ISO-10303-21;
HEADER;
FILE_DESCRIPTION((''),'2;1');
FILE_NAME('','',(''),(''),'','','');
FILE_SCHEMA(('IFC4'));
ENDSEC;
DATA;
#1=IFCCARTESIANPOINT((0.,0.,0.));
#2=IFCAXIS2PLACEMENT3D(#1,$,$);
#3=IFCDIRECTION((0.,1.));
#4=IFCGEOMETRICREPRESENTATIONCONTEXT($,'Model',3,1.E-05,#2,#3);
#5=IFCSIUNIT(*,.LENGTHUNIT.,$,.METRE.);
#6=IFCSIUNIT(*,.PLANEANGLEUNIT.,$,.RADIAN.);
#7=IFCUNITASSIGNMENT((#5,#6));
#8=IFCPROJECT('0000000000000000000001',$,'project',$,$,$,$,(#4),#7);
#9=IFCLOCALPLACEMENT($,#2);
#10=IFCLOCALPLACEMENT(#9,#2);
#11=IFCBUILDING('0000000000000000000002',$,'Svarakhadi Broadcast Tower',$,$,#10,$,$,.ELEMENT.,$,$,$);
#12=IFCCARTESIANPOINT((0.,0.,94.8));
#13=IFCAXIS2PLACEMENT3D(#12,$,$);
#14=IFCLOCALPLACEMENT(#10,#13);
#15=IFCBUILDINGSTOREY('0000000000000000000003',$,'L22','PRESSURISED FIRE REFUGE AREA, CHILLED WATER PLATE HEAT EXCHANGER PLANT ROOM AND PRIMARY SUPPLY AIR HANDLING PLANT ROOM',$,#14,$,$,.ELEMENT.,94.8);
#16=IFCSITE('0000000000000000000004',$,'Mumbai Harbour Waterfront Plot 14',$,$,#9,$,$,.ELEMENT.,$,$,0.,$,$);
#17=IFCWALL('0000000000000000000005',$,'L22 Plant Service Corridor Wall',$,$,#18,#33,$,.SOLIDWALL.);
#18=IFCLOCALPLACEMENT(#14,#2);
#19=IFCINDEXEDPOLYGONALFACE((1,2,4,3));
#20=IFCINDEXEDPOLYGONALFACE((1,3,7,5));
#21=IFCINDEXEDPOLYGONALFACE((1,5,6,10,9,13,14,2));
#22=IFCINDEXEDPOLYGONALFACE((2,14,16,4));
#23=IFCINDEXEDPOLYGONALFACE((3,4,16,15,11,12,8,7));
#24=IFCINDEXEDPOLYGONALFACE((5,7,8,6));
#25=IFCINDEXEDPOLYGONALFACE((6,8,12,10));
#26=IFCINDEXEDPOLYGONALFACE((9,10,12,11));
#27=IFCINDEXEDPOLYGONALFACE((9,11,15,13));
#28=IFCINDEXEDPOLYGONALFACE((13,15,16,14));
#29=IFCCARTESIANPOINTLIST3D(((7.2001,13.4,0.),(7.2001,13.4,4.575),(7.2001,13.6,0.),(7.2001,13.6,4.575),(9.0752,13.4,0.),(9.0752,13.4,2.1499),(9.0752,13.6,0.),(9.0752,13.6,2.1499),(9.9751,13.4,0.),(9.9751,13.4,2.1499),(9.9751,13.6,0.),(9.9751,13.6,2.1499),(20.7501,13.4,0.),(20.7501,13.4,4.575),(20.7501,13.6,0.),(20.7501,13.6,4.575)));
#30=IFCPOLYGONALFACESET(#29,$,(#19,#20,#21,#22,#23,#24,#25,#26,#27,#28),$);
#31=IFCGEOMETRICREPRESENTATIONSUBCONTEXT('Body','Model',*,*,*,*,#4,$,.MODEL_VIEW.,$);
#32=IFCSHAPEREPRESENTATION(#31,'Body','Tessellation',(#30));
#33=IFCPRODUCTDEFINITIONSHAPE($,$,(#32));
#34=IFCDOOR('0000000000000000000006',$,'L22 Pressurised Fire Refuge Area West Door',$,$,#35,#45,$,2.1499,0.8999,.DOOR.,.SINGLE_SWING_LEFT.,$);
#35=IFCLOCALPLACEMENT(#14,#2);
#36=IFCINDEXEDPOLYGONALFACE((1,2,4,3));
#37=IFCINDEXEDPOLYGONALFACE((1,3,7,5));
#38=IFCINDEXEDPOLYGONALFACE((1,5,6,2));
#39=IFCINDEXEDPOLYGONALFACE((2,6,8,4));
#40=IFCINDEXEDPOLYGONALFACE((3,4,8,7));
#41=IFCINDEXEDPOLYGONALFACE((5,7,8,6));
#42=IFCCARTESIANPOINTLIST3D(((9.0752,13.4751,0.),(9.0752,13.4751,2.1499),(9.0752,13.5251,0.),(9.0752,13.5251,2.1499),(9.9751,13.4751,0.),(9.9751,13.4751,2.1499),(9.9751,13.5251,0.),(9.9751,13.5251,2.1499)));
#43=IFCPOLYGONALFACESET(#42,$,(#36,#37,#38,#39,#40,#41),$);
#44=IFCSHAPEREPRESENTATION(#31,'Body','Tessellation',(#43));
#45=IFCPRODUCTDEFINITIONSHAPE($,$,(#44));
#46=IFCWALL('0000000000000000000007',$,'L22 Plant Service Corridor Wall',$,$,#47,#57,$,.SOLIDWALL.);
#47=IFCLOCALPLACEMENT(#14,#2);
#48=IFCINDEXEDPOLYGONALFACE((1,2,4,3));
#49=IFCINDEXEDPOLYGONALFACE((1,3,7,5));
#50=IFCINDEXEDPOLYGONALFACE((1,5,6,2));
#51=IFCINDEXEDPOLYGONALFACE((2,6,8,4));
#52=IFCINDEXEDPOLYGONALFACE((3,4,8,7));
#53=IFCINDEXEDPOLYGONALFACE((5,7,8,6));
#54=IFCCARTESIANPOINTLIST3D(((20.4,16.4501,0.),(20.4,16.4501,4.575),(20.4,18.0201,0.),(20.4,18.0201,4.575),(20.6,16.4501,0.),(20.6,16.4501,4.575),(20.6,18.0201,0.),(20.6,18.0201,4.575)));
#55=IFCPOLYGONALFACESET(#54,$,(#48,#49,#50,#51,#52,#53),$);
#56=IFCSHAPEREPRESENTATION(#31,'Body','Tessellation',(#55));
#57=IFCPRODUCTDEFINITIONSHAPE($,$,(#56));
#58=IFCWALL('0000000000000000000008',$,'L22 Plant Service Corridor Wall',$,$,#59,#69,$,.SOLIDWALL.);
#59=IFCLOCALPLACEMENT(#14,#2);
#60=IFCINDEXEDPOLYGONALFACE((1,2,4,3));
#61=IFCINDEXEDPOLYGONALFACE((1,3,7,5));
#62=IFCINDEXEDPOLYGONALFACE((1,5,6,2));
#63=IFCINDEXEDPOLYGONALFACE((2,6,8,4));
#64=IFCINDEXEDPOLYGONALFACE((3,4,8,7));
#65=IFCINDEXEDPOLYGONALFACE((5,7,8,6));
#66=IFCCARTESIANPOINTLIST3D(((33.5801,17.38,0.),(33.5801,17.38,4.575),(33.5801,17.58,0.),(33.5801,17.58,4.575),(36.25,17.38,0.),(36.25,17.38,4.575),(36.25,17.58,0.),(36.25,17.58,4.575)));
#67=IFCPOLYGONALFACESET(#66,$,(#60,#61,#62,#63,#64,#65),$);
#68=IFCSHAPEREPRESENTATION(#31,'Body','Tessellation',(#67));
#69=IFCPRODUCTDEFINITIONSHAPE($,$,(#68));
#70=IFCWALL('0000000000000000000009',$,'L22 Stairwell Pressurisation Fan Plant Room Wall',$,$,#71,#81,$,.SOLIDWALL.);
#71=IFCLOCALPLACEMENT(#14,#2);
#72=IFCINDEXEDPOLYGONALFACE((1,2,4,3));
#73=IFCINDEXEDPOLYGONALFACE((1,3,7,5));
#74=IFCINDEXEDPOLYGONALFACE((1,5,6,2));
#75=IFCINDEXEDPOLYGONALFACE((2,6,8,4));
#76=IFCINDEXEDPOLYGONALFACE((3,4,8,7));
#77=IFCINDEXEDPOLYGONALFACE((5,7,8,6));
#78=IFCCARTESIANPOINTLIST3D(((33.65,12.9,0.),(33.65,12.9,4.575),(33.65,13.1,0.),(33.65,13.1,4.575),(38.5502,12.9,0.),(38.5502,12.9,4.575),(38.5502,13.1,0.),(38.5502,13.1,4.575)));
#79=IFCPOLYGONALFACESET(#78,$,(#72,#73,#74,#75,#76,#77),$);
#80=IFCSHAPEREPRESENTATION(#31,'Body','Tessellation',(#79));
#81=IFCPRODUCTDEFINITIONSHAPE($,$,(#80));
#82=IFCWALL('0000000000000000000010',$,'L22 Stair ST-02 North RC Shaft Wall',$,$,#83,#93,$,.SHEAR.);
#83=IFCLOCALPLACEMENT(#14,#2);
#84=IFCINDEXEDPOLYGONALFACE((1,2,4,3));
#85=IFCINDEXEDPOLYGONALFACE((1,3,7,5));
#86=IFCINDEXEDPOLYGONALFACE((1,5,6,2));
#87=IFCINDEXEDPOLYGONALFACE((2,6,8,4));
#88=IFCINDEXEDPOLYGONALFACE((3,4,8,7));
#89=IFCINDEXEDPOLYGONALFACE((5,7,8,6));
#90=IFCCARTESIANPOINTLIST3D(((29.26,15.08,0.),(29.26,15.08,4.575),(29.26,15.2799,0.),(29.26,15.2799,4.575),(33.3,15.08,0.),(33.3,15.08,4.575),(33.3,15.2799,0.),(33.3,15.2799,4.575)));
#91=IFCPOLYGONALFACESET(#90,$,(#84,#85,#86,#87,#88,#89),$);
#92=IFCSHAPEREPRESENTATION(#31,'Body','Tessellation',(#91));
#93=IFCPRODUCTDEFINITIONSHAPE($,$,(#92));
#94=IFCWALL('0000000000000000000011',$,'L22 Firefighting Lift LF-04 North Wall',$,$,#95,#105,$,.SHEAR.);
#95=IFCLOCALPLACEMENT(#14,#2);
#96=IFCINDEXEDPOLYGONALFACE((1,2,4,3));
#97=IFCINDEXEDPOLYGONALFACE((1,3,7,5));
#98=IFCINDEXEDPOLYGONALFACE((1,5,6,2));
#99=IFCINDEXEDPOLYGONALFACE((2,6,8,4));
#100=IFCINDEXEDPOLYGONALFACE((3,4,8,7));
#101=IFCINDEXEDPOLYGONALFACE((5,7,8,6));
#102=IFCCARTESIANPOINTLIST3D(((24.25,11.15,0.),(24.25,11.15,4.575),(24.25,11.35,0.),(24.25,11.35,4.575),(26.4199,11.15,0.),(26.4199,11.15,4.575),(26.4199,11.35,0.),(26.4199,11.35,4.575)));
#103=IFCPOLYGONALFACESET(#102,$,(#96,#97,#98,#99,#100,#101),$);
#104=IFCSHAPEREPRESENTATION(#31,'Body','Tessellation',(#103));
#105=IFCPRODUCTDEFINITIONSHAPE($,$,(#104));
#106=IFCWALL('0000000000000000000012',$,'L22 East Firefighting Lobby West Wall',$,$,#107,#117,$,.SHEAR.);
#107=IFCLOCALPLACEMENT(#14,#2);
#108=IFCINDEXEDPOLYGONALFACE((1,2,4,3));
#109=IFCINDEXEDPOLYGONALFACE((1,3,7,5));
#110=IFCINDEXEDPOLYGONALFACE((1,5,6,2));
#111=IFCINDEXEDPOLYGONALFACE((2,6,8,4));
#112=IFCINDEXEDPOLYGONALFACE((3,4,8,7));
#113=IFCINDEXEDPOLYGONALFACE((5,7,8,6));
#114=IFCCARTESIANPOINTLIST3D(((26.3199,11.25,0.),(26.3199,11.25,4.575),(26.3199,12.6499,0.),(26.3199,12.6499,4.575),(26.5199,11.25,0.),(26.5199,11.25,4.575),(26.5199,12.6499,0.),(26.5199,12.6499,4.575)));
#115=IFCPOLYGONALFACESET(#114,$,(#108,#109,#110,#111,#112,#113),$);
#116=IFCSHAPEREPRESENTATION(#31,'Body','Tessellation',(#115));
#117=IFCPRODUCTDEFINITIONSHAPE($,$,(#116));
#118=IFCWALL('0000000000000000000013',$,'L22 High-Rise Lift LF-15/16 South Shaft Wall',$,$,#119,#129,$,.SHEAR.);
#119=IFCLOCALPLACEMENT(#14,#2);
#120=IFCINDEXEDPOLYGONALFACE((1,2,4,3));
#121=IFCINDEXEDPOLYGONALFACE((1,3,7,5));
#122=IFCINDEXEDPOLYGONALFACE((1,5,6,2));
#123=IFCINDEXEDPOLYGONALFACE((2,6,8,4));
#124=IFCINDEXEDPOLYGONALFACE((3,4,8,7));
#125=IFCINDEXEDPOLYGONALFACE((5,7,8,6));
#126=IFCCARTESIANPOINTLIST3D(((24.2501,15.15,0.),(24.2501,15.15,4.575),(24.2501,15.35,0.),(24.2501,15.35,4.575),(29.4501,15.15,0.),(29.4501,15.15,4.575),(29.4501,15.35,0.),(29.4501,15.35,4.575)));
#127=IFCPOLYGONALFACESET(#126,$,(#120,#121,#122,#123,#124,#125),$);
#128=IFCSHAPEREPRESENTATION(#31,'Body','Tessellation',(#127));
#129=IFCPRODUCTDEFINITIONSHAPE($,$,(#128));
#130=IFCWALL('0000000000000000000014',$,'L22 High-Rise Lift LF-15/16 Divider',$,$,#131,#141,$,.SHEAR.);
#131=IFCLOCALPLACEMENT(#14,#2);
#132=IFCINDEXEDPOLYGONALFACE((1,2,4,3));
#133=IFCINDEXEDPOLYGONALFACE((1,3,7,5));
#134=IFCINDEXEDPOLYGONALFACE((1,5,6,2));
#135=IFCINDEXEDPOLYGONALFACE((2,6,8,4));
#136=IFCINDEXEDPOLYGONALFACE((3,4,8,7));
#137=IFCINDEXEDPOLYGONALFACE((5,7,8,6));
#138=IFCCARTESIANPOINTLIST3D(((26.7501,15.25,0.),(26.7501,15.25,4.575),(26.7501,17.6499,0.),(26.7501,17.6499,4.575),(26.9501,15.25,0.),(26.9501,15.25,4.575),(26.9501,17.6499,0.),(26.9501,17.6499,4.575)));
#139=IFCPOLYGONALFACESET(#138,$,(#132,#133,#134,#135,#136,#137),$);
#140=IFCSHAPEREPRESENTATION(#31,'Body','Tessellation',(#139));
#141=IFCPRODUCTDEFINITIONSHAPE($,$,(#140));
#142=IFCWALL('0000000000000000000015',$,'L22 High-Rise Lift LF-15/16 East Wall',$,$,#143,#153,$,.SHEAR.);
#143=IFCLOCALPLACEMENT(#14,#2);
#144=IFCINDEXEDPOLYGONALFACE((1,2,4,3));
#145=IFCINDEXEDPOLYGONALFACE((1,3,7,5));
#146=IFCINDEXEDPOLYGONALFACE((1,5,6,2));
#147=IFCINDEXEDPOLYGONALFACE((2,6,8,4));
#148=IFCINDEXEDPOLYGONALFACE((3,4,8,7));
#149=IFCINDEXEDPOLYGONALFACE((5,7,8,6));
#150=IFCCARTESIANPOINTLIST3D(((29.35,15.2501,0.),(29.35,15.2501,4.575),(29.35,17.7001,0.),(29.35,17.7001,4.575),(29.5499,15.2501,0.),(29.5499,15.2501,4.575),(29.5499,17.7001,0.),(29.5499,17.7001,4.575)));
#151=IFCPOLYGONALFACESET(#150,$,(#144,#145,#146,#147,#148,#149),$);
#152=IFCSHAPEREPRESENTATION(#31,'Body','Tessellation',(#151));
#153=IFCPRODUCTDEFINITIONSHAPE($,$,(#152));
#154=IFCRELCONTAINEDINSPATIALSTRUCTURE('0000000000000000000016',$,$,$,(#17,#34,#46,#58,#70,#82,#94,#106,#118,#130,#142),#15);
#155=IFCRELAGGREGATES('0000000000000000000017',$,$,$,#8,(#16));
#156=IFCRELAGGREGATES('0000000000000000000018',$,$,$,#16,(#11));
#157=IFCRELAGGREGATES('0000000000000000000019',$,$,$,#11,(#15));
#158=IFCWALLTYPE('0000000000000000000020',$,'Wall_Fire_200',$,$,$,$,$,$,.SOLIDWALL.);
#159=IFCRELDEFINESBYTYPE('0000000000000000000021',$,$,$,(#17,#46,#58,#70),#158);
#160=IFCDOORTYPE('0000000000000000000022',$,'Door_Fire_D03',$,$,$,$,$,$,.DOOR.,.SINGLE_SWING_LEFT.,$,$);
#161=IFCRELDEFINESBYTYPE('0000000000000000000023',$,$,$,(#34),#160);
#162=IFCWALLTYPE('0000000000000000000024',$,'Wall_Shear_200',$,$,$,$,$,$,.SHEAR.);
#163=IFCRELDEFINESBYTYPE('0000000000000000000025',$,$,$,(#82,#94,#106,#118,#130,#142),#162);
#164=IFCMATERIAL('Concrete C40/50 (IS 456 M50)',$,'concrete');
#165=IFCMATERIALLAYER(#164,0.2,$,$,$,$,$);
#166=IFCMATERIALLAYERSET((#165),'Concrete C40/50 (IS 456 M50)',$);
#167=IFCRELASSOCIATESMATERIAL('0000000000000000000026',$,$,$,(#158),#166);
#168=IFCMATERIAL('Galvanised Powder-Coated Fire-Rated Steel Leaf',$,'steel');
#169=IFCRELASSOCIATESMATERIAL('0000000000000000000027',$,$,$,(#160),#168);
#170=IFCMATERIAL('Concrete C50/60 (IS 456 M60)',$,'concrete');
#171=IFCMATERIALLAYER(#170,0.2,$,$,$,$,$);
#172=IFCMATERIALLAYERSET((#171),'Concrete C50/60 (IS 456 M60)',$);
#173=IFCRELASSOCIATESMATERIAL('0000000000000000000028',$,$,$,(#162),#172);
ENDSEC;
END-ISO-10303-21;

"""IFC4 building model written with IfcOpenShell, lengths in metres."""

from ifc_helpers import new_model, si_unit, direction, frame, frame_2d, origin, place, context, subcontext, project, spatial, rectangle, extrude, material, layer, layer_set, type_object, element, fill, save


model = new_model("IFC4")

# Units and contexts
model_context = context("Model", 3, precision=1e-05, world=origin(), true_north=direction((0.0, 1.0)))
body_context = subcontext(model_context, "Body", "Model", "MODEL_VIEW")
ifc_project = project(units=[si_unit("LENGTHUNIT", "METRE"), si_unit("PLANEANGLEUNIT", "RADIAN")], contexts=[model_context])

# Site, building, storey
site_placement = place(None, origin())
site = spatial("IfcSite", under=ifc_project, at=site_placement, Name="Mumbai Harbour Waterfront Plot 14", CompositionType="ELEMENT", RefElevation=0.0)
building_placement = place(site_placement, origin())
building = spatial("IfcBuilding", under=site, at=building_placement, Name="Svarakhadi Broadcast Tower", CompositionType="ELEMENT")
storey_placement = place(building_placement, frame((0.0, 0.0, 94.8)))
storey = spatial("IfcBuildingStorey", under=building, at=storey_placement, Name="L22", Description="PRESSURISED FIRE REFUGE AREA, CHILLED WATER PLATE HEAT EXCHANGER PLANT ROOM AND PRIMARY SUPPLY AIR HANDLING PLANT ROOM", CompositionType="ELEMENT", Elevation=94.8)

# Shared definitions
ifc_material_1 = material(Name="Concrete C40/50 (IS 456 M50)", Category="concrete")
ifc_layer_1 = layer(ifc_material_1, 0.2)
ifc_layer_set_1 = layer_set([ifc_layer_1], Name="Concrete C40/50 (IS 456 M50)")
wall_type_1 = type_object("IfcWallType", Name="Wall_Fire_200", PredefinedType="SOLIDWALL", material=ifc_layer_set_1)

# Wall, opening, door
wall_1_placement = place(storey_placement, frame((20.75, 13.5, 0.0), z_axis=(0.0, 0.0, 1.0), x_axis=(-1.0, 0.0, 0.0)))
wall_1 = element("IfcWall", 1, at=wall_1_placement, inside=storey, type_object=wall_type_1, Name="L22 Plant Service Corridor Wall", PredefinedType="SOLIDWALL", context=body_context, shape_type="SweptSolid", body=[
    extrude(rectangle(XDim=13.55, YDim=0.2, at=frame_2d((6.7749, 0.0))), origin(), (0.0, 0.0, 1.0), 4.575),
])
opening_1_placement = place(wall_1_placement, frame((10.7749, 0.0, 0.0)))
opening_1 = element("IfcOpeningElement", 2, at=opening_1_placement, cuts=wall_1, PredefinedType="OPENING", context=body_context, shape_type="SweptSolid", body=[
    extrude(rectangle(XDim=0.8999, YDim=2.1499, at=frame_2d((0.45, 1.075))), frame((0.0, 0.1099, 0.0), z_axis=(0.0, -1.0, 0.0), x_axis=(1.0, 0.0, 0.0)), (0.0, 0.0, 1.0), 0.22),
])
ifc_material_2 = material(Name="Galvanised Powder-Coated Fire-Rated Steel Leaf", Category="steel")
door_type = type_object("IfcDoorType", Name="Door_Fire_D03", OperationType="SINGLE_SWING_LEFT", PredefinedType="DOOR", material=ifc_material_2)
door_1_placement = place(opening_1_placement, origin())
door_1 = element("IfcDoor", 3, at=door_1_placement, inside=storey, type_object=door_type, Name="L22 Pressurised Fire Refuge Area West Door", OperationType="SINGLE_SWING_LEFT", OverallHeight=2.1499, OverallWidth=0.8999, PredefinedType="DOOR", context=body_context, shape_type="SweptSolid", body=[
    extrude(rectangle(XDim=0.8999, YDim=2.1499, at=frame_2d((0.45, 1.075))), frame((0.0, 0.0249, 0.0), z_axis=(0.0, -1.0, 0.0), x_axis=(1.0, 0.0, 0.0)), (0.0, 0.0, 1.0), 0.05),
])
fill(opening_1, door_1)

# Walls
wall_2_placement = place(storey_placement, frame((20.5, 16.45, 0.0), z_axis=(0.0, 0.0, 1.0), x_axis=(0.0, 1.0, 0.0)))
element("IfcWall", 4, at=wall_2_placement, inside=storey, type_object=wall_type_1, Name="L22 Plant Service Corridor Wall", PredefinedType="SOLIDWALL", context=body_context, shape_type="SweptSolid", body=[
    extrude(rectangle(XDim=1.5701, YDim=0.2, at=frame_2d((0.7852, 0.0))), origin(), (0.0, 0.0, 1.0), 4.575),
])
wall_3_placement = place(storey_placement, frame((33.5801, 17.48, 0.0), z_axis=(0.0, 0.0, 1.0), x_axis=(1.0, 0.0, 0.0)))
element("IfcWall", 5, at=wall_3_placement, inside=storey, type_object=wall_type_1, Name="L22 Plant Service Corridor Wall", PredefinedType="SOLIDWALL", context=body_context, shape_type="SweptSolid", body=[
    extrude(rectangle(XDim=2.6699, YDim=0.2, at=frame_2d((1.335, 0.0))), origin(), (0.0, 0.0, 1.0), 4.575),
])
wall_4_placement = place(storey_placement, frame((33.6499, 13.0, 0.0), z_axis=(0.0, 0.0, 1.0), x_axis=(1.0, 0.0, 0.0)))
element("IfcWall", 6, at=wall_4_placement, inside=storey, type_object=wall_type_1, Name="L22 Stairwell Pressurisation Fan Plant Room Wall", PredefinedType="SOLIDWALL", context=body_context, shape_type="SweptSolid", body=[
    extrude(rectangle(XDim=4.9001, YDim=0.2, at=frame_2d((2.4502, 0.0))), origin(), (0.0, 0.0, 1.0), 4.575),
])
ifc_material_3 = material(Name="Concrete C50/60 (IS 456 M60)", Category="concrete")
ifc_layer_2 = layer(ifc_material_3, 0.2)
ifc_layer_set_2 = layer_set([ifc_layer_2], Name="Concrete C50/60 (IS 456 M60)")
wall_type_2 = type_object("IfcWallType", Name="Wall_Shear_200", PredefinedType="SHEAR", material=ifc_layer_set_2)
wall_5_placement = place(storey_placement, frame((29.26, 15.1799, 0.0), z_axis=(0.0, 0.0, 1.0), x_axis=(1.0, 0.0, 0.0)))
element("IfcWall", 7, at=wall_5_placement, inside=storey, type_object=wall_type_2, Name="L22 Stair ST-02 North RC Shaft Wall", PredefinedType="SHEAR", context=body_context, shape_type="SweptSolid", body=[
    extrude(rectangle(XDim=4.04, YDim=0.2, at=frame_2d((2.02, 0.0))), origin(), (0.0, 0.0, 1.0), 4.575),
])
wall_6_placement = place(storey_placement, frame((24.25, 11.25, 0.0), z_axis=(0.0, 0.0, 1.0), x_axis=(1.0, 0.0, 0.0)))
element("IfcWall", 8, at=wall_6_placement, inside=storey, type_object=wall_type_2, Name="L22 Firefighting Lift LF-04 North Wall", PredefinedType="SHEAR", context=body_context, shape_type="SweptSolid", body=[
    extrude(rectangle(XDim=2.1699, YDim=0.2, at=frame_2d((1.085, 0.0))), origin(), (0.0, 0.0, 1.0), 4.575),
])
wall_7_placement = place(storey_placement, frame((26.4199, 11.25, 0.0), z_axis=(0.0, 0.0, 1.0), x_axis=(0.0, 1.0, 0.0)))
element("IfcWall", 9, at=wall_7_placement, inside=storey, type_object=wall_type_2, Name="L22 East Firefighting Lobby West Wall", PredefinedType="SHEAR", context=body_context, shape_type="SweptSolid", body=[
    extrude(rectangle(XDim=1.3999, YDim=0.2, at=frame_2d((0.7, 0.0))), origin(), (0.0, 0.0, 1.0), 4.575),
])

# Walls
wall_8_placement = place(storey_placement, frame((24.25, 15.25, 0.0), z_axis=(0.0, 0.0, 1.0), x_axis=(1.0, 0.0, 0.0)))
element("IfcWall", 10, at=wall_8_placement, inside=storey, type_object=wall_type_2, Name="L22 High-Rise Lift LF-15/16 South Shaft Wall", PredefinedType="SHEAR", context=body_context, shape_type="SweptSolid", body=[
    extrude(rectangle(XDim=5.2, YDim=0.2, at=frame_2d((2.6001, 0.0))), origin(), (0.0, 0.0, 1.0), 4.575),
])
wall_9_placement = place(storey_placement, frame((26.8501, 15.25, 0.0), z_axis=(0.0, 0.0, 1.0), x_axis=(0.0, 1.0, 0.0)))
element("IfcWall", 11, at=wall_9_placement, inside=storey, type_object=wall_type_2, Name="L22 High-Rise Lift LF-15/16 Divider", PredefinedType="SHEAR", context=body_context, shape_type="SweptSolid", body=[
    extrude(rectangle(XDim=2.3999, YDim=0.2, at=frame_2d((1.2, 0.0))), origin(), (0.0, 0.0, 1.0), 4.575),
])
wall_10_placement = place(storey_placement, frame((29.45, 15.25, 0.0), z_axis=(0.0, 0.0, 1.0), x_axis=(0.0, 1.0, 0.0)))
element("IfcWall", 12, at=wall_10_placement, inside=storey, type_object=wall_type_2, Name="L22 High-Rise Lift LF-15/16 East Wall", PredefinedType="SHEAR", context=body_context, shape_type="SweptSolid", body=[
    extrude(rectangle(XDim=2.45, YDim=0.2, at=frame_2d((1.2251, 0.0))), origin(), (0.0, 0.0, 1.0), 4.575),
])

save(model, "model.ifc")
